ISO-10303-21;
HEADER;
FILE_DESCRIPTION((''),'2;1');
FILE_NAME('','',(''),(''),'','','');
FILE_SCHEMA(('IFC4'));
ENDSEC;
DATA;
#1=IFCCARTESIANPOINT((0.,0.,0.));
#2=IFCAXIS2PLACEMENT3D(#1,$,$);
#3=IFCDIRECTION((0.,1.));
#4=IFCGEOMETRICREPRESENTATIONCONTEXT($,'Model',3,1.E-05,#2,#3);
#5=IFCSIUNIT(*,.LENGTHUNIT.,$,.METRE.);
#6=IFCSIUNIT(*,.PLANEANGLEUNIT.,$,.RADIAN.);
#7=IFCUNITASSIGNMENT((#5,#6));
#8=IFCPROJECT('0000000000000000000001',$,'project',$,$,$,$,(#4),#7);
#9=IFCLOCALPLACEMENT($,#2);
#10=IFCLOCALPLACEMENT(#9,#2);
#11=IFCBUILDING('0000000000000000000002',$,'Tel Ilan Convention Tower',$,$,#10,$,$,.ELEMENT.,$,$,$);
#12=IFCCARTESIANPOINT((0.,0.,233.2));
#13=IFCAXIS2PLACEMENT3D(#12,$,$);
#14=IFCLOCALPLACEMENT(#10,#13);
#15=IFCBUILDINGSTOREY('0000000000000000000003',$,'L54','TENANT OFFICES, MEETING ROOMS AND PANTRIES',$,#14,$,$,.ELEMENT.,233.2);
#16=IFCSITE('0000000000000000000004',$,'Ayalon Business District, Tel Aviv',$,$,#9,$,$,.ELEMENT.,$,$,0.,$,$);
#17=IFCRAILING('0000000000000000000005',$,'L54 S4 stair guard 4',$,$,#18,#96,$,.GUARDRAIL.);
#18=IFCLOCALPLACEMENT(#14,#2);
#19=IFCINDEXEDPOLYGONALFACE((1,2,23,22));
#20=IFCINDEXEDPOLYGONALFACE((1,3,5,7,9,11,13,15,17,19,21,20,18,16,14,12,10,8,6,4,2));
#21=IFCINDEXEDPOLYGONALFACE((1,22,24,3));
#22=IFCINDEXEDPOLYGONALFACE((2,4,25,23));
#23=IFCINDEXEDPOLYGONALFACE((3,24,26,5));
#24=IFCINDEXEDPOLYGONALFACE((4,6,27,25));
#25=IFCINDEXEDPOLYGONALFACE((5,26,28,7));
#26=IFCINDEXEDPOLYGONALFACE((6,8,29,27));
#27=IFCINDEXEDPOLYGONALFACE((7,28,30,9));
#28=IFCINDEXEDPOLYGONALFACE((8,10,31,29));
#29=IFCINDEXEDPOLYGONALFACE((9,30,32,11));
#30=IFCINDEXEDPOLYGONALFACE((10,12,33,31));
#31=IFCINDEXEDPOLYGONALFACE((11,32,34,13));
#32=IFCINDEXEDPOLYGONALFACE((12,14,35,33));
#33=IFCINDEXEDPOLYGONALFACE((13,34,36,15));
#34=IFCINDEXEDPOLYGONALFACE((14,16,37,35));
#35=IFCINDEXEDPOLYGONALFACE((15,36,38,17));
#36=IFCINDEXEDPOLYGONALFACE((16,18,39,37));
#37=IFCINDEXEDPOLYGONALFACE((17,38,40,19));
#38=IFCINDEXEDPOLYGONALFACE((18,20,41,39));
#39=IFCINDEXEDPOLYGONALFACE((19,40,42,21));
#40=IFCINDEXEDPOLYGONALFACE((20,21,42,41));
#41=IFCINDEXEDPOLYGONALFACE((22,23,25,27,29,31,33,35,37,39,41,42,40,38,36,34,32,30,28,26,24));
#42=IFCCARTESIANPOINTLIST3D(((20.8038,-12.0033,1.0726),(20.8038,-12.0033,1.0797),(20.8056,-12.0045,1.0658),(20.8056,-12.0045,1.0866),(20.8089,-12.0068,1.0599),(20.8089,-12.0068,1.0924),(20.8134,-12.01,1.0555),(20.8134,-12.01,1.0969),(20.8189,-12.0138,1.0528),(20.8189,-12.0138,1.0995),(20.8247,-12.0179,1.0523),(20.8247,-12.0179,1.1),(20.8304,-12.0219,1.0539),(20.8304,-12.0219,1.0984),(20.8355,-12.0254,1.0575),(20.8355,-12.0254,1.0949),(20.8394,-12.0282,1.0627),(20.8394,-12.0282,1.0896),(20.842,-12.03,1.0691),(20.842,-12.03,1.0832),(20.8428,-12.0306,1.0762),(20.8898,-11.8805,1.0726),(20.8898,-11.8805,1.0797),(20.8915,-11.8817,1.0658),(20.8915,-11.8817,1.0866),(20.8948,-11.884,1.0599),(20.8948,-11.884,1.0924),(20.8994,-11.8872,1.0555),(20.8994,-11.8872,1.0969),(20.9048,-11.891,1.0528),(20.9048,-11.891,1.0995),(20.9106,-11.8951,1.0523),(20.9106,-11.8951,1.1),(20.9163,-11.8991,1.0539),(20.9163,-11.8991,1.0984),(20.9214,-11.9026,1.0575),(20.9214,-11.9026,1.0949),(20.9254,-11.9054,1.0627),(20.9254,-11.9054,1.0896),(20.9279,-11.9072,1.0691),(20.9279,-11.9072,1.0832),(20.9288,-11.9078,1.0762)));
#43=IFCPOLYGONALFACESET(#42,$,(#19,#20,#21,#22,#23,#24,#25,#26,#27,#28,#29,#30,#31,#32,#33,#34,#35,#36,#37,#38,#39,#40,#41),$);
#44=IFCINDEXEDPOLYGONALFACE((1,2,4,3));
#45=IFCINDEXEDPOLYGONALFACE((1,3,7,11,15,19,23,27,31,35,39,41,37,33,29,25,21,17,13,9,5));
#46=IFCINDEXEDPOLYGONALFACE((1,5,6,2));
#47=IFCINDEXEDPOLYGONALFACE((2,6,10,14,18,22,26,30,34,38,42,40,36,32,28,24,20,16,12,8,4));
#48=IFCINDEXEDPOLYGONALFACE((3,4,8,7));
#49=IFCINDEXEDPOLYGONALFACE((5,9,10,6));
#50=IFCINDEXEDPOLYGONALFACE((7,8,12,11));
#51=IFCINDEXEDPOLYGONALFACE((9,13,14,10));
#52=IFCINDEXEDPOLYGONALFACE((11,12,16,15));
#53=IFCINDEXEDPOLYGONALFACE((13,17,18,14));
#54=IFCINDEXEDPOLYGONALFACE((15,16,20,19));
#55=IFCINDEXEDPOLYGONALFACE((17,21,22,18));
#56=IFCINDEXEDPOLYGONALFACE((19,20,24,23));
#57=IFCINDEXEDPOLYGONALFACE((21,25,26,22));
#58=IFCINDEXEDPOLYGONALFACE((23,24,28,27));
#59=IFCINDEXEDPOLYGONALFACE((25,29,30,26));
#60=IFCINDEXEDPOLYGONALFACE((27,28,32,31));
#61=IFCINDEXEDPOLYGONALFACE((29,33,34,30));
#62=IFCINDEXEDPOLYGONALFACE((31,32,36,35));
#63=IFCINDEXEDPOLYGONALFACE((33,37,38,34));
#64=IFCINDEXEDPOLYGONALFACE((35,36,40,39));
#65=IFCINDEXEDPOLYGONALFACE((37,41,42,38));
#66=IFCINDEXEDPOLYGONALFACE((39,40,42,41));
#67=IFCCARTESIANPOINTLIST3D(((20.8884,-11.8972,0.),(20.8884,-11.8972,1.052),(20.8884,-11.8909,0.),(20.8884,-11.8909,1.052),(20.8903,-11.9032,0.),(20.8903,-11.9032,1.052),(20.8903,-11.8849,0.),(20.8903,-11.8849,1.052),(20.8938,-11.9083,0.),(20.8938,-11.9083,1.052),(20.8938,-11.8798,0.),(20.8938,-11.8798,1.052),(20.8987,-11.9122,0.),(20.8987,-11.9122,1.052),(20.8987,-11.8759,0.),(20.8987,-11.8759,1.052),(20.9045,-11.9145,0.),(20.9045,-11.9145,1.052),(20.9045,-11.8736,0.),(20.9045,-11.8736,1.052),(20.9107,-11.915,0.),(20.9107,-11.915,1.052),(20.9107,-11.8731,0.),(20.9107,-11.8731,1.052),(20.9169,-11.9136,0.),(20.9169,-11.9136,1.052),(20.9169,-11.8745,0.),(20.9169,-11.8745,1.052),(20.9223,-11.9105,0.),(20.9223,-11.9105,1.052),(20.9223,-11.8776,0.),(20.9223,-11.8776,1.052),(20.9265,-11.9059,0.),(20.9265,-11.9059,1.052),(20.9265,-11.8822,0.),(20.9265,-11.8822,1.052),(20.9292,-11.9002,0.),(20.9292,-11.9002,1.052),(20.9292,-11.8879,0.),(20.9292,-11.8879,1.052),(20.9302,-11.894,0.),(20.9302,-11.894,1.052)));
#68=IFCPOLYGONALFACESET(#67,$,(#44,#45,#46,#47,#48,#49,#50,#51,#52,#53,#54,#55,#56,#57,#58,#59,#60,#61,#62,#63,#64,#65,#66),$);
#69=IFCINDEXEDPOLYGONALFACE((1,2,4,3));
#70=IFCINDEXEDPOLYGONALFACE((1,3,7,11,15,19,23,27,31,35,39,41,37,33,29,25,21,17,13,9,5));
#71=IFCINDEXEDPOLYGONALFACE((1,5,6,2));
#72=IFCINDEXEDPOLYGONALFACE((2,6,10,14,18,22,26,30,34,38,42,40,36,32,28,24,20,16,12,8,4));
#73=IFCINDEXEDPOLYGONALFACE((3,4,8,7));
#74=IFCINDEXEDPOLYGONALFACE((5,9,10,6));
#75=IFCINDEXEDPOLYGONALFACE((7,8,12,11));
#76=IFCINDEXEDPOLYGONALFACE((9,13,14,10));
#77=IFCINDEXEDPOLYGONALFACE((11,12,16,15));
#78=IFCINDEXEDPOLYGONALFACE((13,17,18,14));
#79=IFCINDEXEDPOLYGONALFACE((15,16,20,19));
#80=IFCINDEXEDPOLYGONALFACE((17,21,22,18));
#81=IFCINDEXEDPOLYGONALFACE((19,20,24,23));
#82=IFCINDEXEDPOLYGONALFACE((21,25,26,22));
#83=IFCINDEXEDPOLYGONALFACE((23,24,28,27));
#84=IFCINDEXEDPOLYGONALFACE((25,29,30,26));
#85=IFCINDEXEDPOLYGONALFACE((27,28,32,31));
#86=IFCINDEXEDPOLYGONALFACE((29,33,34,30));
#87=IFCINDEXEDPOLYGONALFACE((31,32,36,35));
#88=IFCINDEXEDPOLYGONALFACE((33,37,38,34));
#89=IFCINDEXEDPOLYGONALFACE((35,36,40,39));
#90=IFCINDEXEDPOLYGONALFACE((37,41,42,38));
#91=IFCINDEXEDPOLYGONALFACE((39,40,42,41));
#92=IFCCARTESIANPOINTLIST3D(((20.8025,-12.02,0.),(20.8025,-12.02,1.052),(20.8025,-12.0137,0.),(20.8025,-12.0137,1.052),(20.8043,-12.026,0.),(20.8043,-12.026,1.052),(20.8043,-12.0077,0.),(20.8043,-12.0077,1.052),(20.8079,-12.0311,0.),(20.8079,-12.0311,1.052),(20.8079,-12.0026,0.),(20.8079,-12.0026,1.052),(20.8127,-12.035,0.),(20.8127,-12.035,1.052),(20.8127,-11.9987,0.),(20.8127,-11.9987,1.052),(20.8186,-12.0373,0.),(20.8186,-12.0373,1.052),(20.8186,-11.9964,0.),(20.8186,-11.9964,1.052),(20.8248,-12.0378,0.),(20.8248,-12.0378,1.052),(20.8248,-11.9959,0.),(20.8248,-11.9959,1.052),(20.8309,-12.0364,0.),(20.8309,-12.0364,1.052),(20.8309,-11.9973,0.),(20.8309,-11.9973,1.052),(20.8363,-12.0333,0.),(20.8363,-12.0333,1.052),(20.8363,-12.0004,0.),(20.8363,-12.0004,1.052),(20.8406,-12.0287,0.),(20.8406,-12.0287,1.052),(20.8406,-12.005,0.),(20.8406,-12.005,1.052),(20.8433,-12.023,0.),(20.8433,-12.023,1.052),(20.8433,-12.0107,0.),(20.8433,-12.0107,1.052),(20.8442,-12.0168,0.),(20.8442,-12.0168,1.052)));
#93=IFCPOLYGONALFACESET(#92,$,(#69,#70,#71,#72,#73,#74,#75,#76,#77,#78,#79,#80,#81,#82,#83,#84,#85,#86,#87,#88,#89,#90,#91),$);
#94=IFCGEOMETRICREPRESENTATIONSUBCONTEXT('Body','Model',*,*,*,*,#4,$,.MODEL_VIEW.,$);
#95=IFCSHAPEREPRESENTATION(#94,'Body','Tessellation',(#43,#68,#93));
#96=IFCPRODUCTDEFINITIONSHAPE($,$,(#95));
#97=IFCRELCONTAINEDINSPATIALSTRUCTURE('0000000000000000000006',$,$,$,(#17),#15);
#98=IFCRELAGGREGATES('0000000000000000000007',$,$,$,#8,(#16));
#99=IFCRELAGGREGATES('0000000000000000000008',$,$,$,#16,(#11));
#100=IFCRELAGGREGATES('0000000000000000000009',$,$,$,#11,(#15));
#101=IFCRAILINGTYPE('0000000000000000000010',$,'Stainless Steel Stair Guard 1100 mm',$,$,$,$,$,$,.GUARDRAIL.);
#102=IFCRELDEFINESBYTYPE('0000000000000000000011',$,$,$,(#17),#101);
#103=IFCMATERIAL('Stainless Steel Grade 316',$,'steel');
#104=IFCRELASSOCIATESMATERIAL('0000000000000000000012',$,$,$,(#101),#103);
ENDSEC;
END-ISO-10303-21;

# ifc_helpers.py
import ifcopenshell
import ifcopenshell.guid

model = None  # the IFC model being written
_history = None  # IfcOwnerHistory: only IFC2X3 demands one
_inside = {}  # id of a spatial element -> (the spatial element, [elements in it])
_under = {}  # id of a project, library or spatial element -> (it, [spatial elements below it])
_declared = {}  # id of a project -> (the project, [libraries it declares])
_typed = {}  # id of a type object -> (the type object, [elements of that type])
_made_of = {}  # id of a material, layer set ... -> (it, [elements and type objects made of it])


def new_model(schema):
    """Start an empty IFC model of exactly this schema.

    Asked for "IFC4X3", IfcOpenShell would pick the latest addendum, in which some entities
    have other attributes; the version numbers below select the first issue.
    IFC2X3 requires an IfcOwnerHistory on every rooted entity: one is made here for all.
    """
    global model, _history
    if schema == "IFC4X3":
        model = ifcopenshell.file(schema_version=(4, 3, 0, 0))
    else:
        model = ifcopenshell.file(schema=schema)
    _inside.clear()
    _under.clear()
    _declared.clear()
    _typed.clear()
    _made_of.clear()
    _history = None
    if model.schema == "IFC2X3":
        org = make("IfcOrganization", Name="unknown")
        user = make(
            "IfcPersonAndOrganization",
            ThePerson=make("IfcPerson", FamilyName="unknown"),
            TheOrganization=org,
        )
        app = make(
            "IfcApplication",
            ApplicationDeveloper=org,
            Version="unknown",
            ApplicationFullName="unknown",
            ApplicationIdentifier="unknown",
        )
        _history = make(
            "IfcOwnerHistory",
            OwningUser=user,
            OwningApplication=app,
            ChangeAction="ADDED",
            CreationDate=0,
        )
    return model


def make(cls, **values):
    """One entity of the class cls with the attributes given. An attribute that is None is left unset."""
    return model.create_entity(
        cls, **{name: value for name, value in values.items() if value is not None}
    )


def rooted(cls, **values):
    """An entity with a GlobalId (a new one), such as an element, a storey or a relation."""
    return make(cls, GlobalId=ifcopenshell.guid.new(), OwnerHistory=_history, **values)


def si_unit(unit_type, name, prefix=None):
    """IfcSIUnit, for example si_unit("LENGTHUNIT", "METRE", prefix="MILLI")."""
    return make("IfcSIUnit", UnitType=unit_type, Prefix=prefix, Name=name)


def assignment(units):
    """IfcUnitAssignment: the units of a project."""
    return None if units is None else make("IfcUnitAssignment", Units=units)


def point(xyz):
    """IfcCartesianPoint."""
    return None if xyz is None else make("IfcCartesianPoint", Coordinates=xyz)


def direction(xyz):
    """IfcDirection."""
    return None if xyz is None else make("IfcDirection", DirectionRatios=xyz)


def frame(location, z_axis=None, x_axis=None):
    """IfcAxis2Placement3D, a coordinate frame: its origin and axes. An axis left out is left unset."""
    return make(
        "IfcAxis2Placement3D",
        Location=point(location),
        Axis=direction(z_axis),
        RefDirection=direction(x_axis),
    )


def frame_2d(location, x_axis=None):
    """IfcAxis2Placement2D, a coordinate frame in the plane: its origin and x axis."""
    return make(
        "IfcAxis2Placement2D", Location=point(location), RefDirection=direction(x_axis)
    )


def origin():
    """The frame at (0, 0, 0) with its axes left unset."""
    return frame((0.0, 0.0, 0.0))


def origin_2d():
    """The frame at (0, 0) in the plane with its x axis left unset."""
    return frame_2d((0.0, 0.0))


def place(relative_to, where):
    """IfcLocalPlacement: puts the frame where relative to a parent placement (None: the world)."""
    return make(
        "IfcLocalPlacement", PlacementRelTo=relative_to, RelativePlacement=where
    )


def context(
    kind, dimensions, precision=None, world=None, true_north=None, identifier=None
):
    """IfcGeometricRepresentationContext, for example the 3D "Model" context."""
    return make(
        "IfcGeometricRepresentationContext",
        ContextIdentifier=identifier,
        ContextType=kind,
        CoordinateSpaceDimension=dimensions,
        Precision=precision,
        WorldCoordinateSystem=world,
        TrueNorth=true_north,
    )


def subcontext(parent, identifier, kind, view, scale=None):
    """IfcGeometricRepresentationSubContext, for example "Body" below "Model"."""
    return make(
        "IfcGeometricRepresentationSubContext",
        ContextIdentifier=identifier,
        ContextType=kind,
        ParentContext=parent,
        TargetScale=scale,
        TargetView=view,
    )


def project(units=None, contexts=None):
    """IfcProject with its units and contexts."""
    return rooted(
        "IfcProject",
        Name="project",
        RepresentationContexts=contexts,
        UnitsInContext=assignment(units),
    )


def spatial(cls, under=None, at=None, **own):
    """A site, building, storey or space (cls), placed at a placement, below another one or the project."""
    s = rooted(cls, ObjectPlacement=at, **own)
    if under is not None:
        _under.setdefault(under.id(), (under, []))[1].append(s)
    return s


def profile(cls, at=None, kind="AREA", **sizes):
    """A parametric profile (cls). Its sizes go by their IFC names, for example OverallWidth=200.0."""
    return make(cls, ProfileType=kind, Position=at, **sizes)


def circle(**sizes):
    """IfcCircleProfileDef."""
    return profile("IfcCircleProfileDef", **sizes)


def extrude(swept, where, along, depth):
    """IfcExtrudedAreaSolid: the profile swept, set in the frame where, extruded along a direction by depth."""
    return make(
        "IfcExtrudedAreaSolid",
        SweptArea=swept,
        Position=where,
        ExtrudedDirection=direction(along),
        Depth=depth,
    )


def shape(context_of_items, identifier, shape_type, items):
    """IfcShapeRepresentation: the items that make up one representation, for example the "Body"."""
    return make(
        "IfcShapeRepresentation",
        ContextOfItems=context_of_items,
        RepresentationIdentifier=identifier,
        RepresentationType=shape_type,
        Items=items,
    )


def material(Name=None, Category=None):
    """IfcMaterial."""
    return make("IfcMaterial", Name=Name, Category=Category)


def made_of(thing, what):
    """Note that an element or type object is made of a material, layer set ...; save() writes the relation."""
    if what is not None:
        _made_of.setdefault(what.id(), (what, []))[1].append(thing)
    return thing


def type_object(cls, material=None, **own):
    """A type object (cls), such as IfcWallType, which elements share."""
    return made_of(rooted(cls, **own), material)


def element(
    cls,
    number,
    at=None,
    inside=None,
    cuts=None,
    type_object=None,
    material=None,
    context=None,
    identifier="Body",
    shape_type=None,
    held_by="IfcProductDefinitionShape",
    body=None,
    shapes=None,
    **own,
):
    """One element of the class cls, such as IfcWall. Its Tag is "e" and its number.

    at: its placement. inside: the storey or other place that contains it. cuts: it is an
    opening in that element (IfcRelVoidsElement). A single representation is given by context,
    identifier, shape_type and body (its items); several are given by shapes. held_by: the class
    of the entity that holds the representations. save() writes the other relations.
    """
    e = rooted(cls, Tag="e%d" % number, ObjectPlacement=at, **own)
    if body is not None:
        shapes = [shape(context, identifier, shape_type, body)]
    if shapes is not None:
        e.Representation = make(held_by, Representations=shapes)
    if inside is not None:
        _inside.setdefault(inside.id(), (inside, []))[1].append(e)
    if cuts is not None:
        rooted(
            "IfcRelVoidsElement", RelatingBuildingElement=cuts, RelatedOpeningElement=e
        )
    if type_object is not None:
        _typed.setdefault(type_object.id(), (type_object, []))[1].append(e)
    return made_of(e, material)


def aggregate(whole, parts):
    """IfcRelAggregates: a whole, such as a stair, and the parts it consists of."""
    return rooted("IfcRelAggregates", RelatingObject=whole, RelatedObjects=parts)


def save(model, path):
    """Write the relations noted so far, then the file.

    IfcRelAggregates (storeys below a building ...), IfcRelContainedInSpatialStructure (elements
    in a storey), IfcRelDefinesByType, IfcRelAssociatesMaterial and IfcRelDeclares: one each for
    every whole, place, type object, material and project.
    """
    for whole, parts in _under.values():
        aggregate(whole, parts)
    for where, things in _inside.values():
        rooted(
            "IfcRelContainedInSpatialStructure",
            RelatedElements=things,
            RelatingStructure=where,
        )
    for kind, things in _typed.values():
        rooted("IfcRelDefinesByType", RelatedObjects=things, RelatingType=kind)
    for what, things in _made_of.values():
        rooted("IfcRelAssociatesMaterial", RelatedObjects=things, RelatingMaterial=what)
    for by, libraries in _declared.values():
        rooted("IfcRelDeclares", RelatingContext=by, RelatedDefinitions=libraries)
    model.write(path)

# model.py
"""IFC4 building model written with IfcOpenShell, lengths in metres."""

from ifc_helpers import new_model, si_unit, direction, frame, origin, origin_2d, place, context, subcontext, project, spatial, circle, extrude, material, type_object, element, save


model = new_model("IFC4")

# Units and contexts
model_context = context("Model", 3, precision=1e-05, world=origin(), true_north=direction((0.0, 1.0)))
body_context = subcontext(model_context, "Body", "Model", "MODEL_VIEW")
ifc_project = project(units=[si_unit("LENGTHUNIT", "METRE"), si_unit("PLANEANGLEUNIT", "RADIAN")], contexts=[model_context])

# Site, building, storey
site_placement = place(None, origin())
site = spatial("IfcSite", under=ifc_project, at=site_placement, Name="Ayalon Business District, Tel Aviv", CompositionType="ELEMENT", RefElevation=0.0)
building_placement = place(site_placement, origin())
building = spatial("IfcBuilding", under=site, at=building_placement, Name="Tel Ilan Convention Tower", CompositionType="ELEMENT")
storey_placement = place(building_placement, frame((0.0, 0.0, 233.2)))
storey = spatial("IfcBuildingStorey", under=building, at=storey_placement, Name="L54", Description="TENANT OFFICES, MEETING ROOMS AND PANTRIES", CompositionType="ELEMENT", Elevation=233.2)

# Railing
ifc_material_1 = material(Name="Stainless Steel Grade 316", Category="steel")
railing_type_1 = type_object("IfcRailingType", Name="Stainless Steel Stair Guard 1100 mm", PredefinedType="GUARDRAIL", material=ifc_material_1)
railing_1_placement = place(storey_placement, frame((20.9092, -11.894, 0.0)))
element("IfcRailing", 1, at=railing_1_placement, inside=storey, type_object=railing_type_1, Name="L54 S4 stair guard 4", PredefinedType="GUARDRAIL", context=body_context, shape_type="SweptSolid", body=[
    extrude(circle(Radius=0.0239, at=origin_2d()), frame((0.0, 0.0, 1.0762), z_axis=(-0.573353, -0.819308, 0.0), x_axis=(0.819308, -0.573353, 0.0)), (0.0, 0.0, 1.0), 0.1499),
    extrude(circle(Radius=0.021, at=origin_2d()), origin(), (0.0, 0.0, 1.0), 1.052),
    extrude(circle(Radius=0.021, at=origin_2d()), frame((-0.0859, -0.1228, 0.0)), (0.0, 0.0, 1.0), 1.052),
])

save(model, "model.ifc")
